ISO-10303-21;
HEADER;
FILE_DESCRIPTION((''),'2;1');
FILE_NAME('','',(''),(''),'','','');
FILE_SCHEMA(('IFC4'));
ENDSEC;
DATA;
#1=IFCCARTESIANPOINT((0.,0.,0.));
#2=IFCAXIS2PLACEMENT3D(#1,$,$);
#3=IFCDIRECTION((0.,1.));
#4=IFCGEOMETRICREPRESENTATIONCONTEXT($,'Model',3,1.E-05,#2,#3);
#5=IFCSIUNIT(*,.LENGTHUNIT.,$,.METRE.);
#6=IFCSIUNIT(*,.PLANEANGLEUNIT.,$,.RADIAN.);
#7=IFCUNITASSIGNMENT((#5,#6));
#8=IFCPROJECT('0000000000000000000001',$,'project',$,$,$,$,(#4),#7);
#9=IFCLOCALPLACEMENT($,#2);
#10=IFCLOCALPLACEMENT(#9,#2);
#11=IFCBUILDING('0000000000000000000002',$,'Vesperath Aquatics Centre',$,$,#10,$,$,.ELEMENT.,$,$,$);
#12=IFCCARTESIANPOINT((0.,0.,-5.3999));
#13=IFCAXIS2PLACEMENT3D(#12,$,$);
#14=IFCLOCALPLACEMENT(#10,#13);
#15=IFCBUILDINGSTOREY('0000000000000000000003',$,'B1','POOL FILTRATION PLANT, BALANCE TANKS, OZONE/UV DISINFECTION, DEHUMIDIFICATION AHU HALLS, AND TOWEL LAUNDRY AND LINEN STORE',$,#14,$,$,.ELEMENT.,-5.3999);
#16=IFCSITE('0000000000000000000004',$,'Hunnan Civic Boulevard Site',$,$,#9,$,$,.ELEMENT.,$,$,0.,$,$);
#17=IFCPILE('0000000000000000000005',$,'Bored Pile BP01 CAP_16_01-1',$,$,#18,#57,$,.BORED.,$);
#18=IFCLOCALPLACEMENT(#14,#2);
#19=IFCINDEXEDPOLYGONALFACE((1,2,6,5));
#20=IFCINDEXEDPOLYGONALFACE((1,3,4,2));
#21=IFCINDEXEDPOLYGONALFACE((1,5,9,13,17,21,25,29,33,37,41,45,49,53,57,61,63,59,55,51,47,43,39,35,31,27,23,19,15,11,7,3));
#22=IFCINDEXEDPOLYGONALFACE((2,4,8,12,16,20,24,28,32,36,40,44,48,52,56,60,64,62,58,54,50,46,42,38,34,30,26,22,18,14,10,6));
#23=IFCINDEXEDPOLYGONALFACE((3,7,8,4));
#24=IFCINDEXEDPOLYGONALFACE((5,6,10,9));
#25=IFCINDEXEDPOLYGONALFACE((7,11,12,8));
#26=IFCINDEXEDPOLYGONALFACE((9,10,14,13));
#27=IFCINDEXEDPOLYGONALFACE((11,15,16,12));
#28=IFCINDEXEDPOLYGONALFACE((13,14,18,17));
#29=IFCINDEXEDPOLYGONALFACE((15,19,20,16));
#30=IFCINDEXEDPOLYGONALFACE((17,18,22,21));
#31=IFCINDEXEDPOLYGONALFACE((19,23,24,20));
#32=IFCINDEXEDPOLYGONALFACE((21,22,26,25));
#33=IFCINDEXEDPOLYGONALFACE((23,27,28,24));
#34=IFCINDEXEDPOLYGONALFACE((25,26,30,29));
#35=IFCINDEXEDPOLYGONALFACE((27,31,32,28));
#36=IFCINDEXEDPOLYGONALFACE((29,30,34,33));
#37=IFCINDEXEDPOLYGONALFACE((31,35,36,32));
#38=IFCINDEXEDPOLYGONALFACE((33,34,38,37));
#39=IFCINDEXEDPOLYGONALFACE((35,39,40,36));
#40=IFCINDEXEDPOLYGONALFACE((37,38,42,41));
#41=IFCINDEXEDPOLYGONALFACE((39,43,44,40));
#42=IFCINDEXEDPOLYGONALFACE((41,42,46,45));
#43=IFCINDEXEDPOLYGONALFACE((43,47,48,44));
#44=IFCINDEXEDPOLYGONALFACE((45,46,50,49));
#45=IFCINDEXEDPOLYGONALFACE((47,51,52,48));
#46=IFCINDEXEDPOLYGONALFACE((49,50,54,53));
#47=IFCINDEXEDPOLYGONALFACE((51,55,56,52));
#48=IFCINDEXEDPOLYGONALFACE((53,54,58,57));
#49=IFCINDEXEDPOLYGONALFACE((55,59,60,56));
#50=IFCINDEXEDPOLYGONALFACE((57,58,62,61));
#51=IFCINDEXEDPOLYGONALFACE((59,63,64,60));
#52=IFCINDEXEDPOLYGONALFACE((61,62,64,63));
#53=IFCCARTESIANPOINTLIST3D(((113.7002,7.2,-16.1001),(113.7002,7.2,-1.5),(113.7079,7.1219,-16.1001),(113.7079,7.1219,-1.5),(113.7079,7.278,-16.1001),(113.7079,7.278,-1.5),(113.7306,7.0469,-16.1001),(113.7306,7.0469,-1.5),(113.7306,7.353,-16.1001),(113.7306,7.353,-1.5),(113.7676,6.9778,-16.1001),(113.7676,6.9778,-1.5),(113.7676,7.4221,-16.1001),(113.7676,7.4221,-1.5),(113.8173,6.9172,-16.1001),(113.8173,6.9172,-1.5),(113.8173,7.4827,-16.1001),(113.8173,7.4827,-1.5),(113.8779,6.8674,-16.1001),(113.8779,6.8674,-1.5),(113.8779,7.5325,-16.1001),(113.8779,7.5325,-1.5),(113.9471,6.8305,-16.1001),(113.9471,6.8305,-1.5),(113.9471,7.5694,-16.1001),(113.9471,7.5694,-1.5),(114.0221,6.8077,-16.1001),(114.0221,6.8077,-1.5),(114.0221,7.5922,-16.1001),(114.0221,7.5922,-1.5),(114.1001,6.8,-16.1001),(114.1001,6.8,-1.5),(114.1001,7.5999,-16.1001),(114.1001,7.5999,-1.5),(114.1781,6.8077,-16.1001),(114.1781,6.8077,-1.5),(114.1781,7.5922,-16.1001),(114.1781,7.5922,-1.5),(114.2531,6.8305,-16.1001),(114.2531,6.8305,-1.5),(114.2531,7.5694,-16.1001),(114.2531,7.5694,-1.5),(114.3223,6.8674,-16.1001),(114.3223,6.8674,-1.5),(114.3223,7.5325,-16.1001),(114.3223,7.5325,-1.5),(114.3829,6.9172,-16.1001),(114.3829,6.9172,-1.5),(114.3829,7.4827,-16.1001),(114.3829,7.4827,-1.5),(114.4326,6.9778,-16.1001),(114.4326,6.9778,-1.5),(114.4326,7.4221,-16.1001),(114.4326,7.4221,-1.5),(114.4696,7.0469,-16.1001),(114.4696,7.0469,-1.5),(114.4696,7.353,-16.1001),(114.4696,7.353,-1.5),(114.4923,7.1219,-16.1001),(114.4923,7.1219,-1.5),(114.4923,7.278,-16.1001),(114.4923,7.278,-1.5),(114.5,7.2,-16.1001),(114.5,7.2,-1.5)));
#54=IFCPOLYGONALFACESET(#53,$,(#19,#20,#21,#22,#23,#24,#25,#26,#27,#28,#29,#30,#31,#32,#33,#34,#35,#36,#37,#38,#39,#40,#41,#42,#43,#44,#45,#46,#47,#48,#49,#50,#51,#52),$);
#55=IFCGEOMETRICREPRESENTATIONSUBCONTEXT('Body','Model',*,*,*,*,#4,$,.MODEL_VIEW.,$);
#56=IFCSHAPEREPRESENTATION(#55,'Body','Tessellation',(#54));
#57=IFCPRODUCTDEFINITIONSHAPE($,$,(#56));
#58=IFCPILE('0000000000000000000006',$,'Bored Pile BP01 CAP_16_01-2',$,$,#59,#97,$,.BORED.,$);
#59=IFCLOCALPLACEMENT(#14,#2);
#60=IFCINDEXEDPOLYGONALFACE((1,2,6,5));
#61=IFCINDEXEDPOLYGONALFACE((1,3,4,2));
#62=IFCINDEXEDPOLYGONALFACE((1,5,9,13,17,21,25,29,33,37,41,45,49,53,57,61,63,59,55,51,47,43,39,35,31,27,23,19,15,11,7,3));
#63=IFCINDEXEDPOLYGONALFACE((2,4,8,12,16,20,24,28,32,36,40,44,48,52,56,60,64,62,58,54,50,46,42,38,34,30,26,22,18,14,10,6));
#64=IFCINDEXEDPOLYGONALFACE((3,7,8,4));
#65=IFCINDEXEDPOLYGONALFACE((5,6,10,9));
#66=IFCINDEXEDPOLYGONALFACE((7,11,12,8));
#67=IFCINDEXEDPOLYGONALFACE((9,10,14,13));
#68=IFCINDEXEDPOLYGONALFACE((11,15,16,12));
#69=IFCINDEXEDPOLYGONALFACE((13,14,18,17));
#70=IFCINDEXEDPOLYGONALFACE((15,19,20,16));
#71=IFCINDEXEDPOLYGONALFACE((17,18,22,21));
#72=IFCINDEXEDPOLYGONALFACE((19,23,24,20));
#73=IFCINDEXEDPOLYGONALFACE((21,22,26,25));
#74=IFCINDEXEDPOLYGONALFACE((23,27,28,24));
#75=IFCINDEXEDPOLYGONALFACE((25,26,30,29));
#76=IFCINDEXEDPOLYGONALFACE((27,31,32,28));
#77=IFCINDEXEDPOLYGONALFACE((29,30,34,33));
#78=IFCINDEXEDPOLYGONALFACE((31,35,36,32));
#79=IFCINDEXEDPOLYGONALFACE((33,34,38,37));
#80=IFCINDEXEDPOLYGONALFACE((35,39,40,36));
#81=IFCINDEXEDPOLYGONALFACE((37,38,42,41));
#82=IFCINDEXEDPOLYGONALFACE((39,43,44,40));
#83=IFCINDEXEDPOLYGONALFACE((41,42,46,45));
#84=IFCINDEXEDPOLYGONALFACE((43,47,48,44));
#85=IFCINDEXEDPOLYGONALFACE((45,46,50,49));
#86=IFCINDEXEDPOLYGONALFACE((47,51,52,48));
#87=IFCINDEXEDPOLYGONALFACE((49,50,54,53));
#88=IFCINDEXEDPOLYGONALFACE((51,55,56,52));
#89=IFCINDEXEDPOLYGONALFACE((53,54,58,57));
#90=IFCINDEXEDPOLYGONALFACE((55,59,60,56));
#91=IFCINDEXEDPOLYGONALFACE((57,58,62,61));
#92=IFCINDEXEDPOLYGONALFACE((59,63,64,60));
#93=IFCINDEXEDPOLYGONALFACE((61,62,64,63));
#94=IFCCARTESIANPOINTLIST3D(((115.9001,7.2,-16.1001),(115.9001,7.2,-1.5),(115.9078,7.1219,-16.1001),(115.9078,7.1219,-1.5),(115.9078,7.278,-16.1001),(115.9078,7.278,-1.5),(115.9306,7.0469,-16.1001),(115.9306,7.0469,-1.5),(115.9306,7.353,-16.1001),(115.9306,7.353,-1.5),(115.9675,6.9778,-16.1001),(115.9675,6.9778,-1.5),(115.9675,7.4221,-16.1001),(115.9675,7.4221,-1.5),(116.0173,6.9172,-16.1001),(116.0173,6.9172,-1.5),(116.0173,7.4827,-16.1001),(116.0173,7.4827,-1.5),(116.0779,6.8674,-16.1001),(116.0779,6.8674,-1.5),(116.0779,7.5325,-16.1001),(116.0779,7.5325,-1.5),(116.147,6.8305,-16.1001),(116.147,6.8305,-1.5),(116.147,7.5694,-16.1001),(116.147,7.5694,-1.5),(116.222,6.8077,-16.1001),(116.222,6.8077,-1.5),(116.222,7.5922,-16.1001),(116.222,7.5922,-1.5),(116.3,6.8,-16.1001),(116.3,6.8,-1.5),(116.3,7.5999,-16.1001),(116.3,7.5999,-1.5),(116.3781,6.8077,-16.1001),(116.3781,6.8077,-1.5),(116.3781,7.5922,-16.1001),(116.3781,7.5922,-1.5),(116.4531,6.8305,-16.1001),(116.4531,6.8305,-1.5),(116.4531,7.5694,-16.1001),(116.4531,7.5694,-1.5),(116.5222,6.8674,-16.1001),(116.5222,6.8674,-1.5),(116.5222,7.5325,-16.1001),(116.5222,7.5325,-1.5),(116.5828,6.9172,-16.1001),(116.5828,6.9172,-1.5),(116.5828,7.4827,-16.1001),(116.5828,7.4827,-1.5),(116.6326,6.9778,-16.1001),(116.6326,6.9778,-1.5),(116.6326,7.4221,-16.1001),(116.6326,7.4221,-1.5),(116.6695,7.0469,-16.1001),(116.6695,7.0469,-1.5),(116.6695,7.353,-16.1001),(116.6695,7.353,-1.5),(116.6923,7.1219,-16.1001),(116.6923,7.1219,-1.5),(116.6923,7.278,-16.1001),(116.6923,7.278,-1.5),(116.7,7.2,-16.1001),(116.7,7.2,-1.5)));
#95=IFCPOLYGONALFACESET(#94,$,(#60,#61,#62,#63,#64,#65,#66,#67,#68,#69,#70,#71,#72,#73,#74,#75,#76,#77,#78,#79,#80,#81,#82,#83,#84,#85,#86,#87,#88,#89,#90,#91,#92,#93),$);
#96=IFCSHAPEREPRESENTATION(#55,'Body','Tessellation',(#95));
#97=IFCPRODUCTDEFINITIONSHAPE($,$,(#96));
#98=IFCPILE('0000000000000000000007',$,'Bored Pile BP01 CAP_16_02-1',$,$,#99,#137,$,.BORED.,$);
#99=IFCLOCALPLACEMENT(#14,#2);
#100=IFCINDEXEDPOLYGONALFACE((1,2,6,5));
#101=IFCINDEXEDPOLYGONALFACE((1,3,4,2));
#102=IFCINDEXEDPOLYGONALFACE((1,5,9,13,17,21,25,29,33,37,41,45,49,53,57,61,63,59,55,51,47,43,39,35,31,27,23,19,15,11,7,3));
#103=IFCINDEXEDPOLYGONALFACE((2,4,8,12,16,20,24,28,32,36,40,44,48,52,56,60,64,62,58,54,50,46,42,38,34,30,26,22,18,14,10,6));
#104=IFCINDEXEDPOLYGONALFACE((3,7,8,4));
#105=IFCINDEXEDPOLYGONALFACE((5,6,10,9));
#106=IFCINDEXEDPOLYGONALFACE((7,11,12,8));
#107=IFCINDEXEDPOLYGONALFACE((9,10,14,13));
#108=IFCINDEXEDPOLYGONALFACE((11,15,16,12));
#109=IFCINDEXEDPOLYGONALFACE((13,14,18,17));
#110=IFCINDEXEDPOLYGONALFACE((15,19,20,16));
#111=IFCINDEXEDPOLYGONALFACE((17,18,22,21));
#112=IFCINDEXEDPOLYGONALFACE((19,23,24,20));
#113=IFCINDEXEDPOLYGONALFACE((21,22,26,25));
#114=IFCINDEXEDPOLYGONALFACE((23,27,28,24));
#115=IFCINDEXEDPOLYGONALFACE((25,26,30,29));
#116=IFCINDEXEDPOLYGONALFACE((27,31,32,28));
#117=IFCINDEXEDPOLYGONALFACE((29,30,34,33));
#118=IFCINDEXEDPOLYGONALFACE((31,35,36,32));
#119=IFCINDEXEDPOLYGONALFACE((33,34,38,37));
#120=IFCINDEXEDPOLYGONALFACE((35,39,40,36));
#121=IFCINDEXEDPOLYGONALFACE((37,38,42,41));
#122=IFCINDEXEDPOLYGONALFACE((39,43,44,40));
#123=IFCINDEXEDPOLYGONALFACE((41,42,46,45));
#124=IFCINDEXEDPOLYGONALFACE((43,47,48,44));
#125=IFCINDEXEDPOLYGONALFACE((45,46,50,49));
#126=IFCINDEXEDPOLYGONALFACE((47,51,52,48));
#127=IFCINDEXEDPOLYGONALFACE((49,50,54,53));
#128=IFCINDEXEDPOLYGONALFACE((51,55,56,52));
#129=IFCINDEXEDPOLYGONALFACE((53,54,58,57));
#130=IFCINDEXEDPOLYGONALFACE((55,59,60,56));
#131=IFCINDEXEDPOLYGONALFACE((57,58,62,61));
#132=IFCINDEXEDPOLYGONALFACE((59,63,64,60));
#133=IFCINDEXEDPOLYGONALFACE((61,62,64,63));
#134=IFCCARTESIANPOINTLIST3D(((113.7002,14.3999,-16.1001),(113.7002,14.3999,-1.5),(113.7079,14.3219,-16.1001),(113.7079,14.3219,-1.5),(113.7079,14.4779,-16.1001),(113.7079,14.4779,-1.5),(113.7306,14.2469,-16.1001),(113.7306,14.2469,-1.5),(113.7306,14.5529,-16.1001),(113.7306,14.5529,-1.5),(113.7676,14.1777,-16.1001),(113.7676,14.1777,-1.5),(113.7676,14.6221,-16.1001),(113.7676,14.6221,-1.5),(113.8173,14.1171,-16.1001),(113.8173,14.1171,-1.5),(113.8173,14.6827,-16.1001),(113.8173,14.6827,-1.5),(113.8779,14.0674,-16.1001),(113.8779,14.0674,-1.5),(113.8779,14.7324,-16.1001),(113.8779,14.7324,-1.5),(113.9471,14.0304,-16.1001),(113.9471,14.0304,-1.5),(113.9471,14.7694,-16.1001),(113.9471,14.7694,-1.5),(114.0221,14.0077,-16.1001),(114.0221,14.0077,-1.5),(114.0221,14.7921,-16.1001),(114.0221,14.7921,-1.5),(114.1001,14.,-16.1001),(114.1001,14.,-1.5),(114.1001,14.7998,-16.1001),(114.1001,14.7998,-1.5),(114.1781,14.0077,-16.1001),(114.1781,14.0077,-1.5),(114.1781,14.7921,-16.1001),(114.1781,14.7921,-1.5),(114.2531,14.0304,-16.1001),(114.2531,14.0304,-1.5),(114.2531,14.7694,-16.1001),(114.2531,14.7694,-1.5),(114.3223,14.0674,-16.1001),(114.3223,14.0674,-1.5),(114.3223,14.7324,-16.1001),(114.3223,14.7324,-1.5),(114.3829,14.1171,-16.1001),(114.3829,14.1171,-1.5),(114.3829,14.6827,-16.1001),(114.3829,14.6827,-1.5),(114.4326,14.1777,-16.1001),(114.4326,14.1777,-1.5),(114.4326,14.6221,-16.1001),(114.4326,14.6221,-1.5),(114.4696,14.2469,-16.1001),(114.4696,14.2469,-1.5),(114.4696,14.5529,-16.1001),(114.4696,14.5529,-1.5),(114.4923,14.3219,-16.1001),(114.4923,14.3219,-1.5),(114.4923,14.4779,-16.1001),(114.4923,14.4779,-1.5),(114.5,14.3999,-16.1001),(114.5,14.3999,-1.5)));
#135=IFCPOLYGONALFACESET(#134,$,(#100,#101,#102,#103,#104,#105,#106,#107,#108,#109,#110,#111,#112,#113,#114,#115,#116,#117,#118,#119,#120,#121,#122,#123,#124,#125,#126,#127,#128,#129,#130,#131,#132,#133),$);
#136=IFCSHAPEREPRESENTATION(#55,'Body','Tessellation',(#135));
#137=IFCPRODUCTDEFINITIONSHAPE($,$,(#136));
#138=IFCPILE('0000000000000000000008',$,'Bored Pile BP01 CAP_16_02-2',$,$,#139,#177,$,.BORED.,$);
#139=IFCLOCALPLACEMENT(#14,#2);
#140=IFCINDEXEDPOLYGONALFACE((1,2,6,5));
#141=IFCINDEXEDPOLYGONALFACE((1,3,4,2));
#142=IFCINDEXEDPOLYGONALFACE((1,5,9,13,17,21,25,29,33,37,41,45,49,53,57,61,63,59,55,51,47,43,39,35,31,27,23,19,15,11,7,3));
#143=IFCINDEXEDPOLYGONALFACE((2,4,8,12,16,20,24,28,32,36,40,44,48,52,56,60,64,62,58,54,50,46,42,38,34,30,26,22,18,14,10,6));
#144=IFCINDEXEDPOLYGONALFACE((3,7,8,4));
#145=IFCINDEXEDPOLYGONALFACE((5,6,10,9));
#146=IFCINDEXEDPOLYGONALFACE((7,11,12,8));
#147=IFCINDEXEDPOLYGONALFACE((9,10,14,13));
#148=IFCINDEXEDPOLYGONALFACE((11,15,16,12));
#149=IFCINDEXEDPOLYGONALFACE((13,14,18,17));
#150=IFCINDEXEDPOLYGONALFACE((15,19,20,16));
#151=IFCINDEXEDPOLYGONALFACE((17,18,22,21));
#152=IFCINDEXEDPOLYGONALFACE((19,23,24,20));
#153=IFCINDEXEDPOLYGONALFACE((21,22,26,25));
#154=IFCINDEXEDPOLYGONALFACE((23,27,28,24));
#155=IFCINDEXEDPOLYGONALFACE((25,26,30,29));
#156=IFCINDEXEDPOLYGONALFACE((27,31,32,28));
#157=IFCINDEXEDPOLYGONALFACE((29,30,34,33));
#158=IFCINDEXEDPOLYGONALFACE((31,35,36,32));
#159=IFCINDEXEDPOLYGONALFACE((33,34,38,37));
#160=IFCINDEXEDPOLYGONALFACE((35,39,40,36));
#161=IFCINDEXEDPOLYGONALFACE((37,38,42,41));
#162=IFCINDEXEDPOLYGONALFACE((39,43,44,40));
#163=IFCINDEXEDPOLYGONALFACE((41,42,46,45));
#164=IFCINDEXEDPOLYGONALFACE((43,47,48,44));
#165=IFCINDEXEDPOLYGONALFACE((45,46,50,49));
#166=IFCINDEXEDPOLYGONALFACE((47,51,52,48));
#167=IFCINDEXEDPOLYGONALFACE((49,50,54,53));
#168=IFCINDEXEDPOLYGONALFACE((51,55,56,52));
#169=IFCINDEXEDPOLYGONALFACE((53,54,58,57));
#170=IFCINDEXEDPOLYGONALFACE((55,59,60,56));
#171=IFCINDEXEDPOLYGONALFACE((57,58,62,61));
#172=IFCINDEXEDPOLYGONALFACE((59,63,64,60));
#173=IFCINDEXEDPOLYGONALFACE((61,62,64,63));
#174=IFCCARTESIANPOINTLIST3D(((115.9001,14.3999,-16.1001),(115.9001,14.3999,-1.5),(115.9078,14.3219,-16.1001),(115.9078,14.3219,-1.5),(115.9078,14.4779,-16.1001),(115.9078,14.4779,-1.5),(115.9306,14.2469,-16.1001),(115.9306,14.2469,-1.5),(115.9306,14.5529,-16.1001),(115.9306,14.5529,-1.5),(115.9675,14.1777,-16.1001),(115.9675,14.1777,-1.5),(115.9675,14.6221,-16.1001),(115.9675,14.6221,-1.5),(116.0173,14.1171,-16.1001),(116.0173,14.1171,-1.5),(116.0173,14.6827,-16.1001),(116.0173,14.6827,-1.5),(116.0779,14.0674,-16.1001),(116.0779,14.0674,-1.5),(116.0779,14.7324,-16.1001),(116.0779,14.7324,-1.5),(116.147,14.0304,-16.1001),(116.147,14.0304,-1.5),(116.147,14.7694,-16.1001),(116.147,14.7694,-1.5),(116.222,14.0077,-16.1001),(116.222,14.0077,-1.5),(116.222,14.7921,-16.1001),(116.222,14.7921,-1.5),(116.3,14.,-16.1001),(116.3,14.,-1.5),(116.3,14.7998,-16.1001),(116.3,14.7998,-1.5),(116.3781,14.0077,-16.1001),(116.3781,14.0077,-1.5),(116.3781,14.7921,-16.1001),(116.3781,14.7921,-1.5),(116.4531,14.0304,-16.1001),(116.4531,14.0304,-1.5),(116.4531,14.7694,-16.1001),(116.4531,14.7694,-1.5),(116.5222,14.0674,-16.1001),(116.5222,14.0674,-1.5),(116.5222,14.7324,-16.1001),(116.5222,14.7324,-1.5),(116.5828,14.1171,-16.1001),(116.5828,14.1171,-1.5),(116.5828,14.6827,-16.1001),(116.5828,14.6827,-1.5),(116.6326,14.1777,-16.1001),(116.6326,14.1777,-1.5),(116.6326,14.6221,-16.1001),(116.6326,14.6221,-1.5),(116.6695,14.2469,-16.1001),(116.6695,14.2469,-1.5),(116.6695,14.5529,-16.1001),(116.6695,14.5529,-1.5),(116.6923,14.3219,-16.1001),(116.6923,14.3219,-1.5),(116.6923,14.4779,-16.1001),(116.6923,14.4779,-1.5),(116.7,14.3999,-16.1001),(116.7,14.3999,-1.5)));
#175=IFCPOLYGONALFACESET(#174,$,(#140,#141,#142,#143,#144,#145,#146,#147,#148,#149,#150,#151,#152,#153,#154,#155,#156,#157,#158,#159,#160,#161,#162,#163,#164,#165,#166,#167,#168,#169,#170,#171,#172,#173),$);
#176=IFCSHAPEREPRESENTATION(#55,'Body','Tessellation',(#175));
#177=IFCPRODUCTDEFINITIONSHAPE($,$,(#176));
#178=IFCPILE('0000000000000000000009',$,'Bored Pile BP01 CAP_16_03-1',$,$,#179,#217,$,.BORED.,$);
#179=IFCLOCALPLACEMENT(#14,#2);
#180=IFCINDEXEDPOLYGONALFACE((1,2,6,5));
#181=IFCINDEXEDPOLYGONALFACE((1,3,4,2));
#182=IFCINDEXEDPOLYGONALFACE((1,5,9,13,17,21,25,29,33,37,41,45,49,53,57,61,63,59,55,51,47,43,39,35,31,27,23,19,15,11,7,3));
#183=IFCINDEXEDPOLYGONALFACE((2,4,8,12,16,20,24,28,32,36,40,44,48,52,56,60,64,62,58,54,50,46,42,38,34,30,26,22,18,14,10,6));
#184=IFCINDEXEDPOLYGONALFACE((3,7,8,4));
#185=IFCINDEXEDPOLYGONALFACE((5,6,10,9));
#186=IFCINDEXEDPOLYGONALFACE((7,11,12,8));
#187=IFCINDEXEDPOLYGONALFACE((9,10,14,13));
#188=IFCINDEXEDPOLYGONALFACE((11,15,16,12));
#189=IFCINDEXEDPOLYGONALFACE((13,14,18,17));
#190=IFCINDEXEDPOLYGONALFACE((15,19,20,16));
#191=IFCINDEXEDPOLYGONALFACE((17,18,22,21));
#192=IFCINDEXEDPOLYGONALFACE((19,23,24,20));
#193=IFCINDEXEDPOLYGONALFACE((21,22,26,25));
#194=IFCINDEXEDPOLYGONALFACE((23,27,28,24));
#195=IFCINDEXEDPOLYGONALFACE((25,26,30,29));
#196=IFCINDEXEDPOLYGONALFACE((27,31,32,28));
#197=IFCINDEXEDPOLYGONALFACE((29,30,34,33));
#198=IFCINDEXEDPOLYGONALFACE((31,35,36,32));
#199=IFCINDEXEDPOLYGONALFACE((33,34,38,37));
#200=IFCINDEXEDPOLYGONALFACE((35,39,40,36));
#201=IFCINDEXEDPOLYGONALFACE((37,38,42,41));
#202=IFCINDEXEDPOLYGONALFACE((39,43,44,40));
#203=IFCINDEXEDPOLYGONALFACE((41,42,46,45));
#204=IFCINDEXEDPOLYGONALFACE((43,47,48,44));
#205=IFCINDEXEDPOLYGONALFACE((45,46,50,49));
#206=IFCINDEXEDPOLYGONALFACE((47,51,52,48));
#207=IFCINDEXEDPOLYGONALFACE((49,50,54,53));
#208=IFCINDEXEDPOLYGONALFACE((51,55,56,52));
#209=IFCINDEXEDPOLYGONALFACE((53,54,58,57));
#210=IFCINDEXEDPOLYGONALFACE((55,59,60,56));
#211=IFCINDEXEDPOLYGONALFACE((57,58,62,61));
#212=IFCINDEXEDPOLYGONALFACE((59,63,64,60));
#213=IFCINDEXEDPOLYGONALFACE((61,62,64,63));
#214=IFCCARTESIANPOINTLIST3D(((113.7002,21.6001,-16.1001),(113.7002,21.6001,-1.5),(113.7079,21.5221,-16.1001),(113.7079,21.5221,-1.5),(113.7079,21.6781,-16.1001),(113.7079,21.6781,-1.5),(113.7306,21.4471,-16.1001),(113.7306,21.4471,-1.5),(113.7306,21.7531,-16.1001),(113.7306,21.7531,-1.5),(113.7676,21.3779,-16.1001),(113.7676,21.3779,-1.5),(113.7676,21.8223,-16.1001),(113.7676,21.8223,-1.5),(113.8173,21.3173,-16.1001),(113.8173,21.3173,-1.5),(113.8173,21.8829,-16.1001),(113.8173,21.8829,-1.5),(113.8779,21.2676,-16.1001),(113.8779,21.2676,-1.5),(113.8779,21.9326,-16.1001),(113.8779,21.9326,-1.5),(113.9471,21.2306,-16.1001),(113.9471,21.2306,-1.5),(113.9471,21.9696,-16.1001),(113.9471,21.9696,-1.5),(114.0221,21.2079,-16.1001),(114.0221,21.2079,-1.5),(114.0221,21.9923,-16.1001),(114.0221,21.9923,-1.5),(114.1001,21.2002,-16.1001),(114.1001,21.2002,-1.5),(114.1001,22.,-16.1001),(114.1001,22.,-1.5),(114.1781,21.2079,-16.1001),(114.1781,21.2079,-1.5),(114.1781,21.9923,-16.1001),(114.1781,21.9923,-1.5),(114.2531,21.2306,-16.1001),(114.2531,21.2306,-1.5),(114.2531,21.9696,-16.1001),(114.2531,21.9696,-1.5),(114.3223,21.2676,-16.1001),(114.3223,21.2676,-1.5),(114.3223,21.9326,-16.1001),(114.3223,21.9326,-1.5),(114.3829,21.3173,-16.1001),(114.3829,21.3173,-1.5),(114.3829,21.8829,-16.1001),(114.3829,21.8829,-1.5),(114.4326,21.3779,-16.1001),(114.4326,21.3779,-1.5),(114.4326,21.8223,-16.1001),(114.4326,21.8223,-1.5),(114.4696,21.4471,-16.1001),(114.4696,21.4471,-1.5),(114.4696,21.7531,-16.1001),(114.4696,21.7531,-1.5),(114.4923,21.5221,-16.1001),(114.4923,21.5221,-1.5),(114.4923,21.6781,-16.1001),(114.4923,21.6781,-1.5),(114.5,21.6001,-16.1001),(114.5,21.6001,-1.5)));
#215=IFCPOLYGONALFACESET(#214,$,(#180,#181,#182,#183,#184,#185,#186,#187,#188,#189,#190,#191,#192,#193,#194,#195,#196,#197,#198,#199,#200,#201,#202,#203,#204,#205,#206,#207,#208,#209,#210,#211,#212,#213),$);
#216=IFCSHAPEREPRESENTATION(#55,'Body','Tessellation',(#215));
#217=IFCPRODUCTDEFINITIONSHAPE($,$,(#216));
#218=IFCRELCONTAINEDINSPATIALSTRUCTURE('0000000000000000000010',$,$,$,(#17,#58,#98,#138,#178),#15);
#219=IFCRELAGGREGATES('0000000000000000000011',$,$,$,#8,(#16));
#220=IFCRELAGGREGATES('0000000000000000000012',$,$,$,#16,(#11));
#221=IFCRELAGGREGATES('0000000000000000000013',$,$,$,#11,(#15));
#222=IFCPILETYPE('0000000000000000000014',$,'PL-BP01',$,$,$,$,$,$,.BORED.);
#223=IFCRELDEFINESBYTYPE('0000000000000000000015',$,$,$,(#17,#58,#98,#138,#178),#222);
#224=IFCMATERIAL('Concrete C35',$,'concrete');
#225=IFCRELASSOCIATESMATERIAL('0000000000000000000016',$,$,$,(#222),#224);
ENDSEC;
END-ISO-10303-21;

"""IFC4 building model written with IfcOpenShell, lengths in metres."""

from ifc_helpers import new_model, si_unit, direction, frame, origin, origin_2d, place, context, subcontext, project, spatial, circle, extrude, material, material_profile, profile_set, type_object, element, save


model = new_model("IFC4")

# Units and contexts
model_context = context("Model", 3, precision=1e-05, world=origin(), true_north=direction((0.0, 1.0)))
body_context = subcontext(model_context, "Body", "Model", "MODEL_VIEW")
ifc_project = project(units=[si_unit("LENGTHUNIT", "METRE"), si_unit("PLANEANGLEUNIT", "RADIAN")], contexts=[model_context])

# Site, building, storey
site_placement = place(None, origin())
site = spatial("IfcSite", under=ifc_project, at=site_placement, Name="Hunnan Civic Boulevard Site", CompositionType="ELEMENT", RefElevation=0.0)
building_placement = place(site_placement, origin())
building = spatial("IfcBuilding", under=site, at=building_placement, Name="Vesperath Aquatics Centre", CompositionType="ELEMENT")
storey_placement = place(building_placement, frame((0.0, 0.0, -5.3999)))
storey = spatial("IfcBuildingStorey", under=building, at=storey_placement, Name="B1", Description="POOL FILTRATION PLANT, BALANCE TANKS, OZONE/UV DISINFECTION, DEHUMIDIFICATION AHU HALLS, AND TOWEL LAUNDRY AND LINEN STORE", CompositionType="ELEMENT", Elevation=-5.3999)

# Piles
ifc_material_1 = material(Name="Concrete C35", Category="concrete")
ifc_material_profile_1 = material_profile(ifc_material_1, circle(Radius=0.3999, at=origin_2d()), Name="PILE D800")
ifc_profile_set_1 = profile_set([ifc_material_profile_1], Name="Concrete C35")
pile_type = type_object("IfcPileType", Name="PL-BP01", PredefinedType="BORED", material=ifc_profile_set_1)
for number, where, z_axis, x_axis, name in (
    (1, (114.1001, 7.2, -1.5), (0.0, 0.0, -1.0), (1.0, 0.0, 0.0), "Bored Pile BP01 CAP_16_01-1"),
    (2, (116.3, 7.2, -1.5), (0.0, 0.0, -1.0), (1.0, 0.0, 0.0), "Bored Pile BP01 CAP_16_01-2"),
    (3, (114.1001, 14.3999, -1.5), (0.0, 0.0, -1.0), (1.0, 0.0, 0.0), "Bored Pile BP01 CAP_16_02-1"),
    (4, (116.3, 14.3999, -1.5), (0.0, 0.0, -1.0), (1.0, 0.0, 0.0), "Bored Pile BP01 CAP_16_02-2"),
    (5, (114.1001, 21.6001, -1.5), (0.0, 0.0, -1.0), (1.0, 0.0, 0.0), "Bored Pile BP01 CAP_16_03-1"),
):
    element("IfcPile", number, at=place(storey_placement, frame(where, z_axis=z_axis, x_axis=x_axis)), inside=storey, type_object=pile_type, Name=name, PredefinedType="BORED", context=body_context, shape_type="SweptSolid", body=[
        extrude(circle(Radius=0.3999, at=origin_2d()), origin(), (0.0, 0.0, 1.0), 14.6001),
    ])

save(model, "model.ifc")
